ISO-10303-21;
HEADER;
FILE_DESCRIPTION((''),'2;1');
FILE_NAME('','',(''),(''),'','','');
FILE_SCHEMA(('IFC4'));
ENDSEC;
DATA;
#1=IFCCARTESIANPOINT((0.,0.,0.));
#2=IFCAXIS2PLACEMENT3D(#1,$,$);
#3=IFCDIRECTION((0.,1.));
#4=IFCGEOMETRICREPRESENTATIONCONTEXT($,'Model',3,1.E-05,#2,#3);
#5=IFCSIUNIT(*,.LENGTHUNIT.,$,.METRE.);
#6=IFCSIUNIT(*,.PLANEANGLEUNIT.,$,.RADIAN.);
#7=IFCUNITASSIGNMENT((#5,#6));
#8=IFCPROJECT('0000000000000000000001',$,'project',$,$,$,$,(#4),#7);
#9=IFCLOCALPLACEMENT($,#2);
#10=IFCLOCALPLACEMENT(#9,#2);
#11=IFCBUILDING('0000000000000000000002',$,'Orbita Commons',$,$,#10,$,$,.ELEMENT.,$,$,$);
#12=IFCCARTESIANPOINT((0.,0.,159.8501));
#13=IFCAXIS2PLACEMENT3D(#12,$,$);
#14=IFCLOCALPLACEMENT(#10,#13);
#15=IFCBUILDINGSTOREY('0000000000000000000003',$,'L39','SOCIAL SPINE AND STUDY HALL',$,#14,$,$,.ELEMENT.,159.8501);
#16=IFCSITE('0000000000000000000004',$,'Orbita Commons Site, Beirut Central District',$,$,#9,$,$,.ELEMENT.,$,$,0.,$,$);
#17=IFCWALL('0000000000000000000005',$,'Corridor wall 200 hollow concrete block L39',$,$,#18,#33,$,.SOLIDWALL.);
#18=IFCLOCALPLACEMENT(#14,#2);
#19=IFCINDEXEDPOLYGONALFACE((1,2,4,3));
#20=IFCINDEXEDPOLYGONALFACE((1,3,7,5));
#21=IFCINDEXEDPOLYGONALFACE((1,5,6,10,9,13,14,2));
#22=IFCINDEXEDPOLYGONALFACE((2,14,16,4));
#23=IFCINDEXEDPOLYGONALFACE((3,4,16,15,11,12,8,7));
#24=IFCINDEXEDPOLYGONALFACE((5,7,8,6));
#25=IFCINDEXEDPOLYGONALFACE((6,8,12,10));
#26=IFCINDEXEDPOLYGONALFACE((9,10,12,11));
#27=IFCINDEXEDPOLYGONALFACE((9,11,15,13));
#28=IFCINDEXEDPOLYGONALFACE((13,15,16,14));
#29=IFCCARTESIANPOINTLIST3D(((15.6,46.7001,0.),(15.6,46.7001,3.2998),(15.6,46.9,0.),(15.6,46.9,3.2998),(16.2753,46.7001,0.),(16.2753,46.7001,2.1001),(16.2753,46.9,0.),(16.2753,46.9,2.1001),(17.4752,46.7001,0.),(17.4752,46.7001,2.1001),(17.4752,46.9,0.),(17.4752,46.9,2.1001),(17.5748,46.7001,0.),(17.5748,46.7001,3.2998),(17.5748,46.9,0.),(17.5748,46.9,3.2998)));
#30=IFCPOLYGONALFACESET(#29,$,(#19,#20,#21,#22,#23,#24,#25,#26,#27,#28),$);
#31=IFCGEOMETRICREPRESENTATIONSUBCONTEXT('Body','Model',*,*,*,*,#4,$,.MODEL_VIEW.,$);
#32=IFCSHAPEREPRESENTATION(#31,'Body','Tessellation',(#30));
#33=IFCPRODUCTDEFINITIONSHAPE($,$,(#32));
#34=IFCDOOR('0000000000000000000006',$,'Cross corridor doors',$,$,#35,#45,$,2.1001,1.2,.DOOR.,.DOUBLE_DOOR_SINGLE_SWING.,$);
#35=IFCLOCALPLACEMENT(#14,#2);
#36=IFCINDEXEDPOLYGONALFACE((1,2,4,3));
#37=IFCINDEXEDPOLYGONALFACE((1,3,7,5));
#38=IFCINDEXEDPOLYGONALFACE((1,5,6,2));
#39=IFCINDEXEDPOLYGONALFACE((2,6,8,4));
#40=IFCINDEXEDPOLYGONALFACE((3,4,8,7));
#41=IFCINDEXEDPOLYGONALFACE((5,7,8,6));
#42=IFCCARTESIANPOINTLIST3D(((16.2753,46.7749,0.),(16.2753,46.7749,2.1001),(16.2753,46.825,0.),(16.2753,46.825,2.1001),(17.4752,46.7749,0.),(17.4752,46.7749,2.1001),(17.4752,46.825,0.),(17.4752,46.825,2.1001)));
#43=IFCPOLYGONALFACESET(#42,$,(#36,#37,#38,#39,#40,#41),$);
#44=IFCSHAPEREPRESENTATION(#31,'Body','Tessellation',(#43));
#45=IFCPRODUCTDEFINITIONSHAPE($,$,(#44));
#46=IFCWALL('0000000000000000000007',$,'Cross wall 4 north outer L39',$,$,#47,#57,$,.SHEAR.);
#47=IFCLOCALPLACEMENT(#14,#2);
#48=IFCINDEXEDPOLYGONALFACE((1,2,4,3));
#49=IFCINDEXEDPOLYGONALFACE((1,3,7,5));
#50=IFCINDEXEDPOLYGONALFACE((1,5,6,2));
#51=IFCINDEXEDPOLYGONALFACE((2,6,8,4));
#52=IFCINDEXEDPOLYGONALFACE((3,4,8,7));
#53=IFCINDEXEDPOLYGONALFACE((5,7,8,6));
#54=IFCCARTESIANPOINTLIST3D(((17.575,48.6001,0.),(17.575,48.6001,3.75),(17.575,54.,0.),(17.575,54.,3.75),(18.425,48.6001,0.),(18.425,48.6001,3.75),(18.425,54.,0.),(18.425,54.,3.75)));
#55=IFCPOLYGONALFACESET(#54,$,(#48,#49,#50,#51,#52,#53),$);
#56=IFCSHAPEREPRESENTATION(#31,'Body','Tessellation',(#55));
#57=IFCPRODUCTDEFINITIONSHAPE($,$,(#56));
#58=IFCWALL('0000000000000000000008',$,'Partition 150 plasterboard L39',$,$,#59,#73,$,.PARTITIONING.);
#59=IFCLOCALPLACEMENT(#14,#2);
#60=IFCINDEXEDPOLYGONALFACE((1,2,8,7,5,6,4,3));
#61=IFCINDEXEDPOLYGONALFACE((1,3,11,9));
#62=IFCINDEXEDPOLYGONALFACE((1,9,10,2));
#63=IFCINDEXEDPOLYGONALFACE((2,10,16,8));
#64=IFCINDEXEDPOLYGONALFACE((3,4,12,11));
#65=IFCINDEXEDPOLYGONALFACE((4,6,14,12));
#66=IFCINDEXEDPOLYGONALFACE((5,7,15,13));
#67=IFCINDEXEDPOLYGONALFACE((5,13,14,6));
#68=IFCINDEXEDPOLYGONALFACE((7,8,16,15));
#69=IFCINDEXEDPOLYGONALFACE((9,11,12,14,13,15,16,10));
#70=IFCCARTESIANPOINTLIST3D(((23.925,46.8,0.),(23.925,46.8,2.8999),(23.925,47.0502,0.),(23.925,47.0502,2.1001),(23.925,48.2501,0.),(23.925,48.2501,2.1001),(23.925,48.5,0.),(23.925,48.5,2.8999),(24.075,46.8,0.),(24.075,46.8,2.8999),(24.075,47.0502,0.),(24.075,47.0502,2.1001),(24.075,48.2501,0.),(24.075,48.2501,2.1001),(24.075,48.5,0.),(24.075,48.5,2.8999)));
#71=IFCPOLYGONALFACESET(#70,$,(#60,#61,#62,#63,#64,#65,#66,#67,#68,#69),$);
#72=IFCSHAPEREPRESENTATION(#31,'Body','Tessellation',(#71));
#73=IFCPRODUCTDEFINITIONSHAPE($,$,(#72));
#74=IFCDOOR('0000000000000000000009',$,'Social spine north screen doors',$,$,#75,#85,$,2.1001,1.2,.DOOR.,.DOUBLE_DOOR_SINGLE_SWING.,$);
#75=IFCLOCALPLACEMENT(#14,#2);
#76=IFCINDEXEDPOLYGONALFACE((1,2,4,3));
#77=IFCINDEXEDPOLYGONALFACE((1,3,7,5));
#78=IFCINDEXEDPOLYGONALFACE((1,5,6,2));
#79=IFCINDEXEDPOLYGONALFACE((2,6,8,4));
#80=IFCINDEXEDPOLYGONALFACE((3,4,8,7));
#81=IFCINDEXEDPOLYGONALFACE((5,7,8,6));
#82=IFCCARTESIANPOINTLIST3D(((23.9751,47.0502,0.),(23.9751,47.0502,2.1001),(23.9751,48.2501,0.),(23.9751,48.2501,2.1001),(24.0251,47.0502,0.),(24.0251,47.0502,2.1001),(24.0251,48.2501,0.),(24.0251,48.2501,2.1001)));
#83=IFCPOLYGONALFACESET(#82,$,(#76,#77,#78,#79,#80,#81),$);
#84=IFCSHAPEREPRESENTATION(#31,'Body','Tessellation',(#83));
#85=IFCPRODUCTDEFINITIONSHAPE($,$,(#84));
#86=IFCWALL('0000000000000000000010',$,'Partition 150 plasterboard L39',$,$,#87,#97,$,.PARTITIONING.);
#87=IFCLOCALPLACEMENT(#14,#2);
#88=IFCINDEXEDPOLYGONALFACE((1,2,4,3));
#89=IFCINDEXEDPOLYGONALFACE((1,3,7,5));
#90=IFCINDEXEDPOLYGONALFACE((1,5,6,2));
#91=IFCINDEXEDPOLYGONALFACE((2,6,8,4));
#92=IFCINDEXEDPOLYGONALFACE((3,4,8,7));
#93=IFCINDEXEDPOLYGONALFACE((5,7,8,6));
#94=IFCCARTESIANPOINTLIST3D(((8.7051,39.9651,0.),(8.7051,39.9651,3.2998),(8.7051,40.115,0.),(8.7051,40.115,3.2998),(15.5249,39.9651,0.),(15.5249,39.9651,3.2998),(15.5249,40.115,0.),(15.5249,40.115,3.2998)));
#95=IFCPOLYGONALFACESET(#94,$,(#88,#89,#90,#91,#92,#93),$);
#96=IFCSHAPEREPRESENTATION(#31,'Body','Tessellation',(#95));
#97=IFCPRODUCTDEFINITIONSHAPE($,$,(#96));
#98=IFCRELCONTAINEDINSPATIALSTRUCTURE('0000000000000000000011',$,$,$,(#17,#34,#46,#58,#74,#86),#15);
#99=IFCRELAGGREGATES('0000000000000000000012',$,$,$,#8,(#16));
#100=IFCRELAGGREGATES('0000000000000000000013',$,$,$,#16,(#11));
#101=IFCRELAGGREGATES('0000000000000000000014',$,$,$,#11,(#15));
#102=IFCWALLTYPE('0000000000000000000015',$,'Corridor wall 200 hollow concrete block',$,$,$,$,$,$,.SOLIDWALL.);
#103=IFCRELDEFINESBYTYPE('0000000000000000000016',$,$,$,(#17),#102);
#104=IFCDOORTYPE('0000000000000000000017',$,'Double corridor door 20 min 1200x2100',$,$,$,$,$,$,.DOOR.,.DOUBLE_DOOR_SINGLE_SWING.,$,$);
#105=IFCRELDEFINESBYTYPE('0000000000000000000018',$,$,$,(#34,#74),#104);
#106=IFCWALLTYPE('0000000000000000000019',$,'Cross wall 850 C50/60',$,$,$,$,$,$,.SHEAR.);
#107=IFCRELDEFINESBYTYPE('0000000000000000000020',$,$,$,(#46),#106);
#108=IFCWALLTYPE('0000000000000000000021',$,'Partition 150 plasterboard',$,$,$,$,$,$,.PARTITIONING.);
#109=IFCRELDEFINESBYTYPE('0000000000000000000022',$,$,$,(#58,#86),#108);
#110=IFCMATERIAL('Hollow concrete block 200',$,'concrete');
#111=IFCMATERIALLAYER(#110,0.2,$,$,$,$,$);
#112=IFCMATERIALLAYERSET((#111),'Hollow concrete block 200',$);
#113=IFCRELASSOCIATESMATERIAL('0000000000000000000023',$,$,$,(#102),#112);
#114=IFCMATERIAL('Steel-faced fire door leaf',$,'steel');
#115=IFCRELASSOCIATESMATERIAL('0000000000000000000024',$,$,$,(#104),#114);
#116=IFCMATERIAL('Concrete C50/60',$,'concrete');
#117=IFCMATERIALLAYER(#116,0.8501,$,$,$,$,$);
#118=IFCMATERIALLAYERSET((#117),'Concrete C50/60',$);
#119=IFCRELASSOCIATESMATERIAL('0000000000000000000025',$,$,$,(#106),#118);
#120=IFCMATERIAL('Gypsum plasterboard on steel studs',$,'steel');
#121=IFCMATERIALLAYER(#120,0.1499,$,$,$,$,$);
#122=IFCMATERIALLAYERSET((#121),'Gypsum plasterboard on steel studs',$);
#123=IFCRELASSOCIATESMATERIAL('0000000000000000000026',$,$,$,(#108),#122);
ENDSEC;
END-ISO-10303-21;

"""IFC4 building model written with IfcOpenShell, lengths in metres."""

from ifc_helpers import new_model, si_unit, direction, frame, frame_2d, origin, place, context, subcontext, project, spatial, polyline, rectangle, outline, extrude, material, layer, layer_set, type_object, element, fill, save


model = new_model("IFC4")

# Units and contexts
model_context = context("Model", 3, precision=1e-05, world=origin(), true_north=direction((0.0, 1.0)))
body_context = subcontext(model_context, "Body", "Model", "MODEL_VIEW")
ifc_project = project(units=[si_unit("LENGTHUNIT", "METRE"), si_unit("PLANEANGLEUNIT", "RADIAN")], contexts=[model_context])

# Site, building, storey
site_placement = place(None, origin())
site = spatial("IfcSite", under=ifc_project, at=site_placement, Name="Orbita Commons Site, Beirut Central District", CompositionType="ELEMENT", RefElevation=0.0)
building_placement = place(site_placement, origin())
building = spatial("IfcBuilding", under=site, at=building_placement, Name="Orbita Commons", CompositionType="ELEMENT")
storey_placement = place(building_placement, frame((0.0, 0.0, 159.8501)))
storey = spatial("IfcBuildingStorey", under=building, at=storey_placement, Name="L39", Description="SOCIAL SPINE AND STUDY HALL", CompositionType="ELEMENT", Elevation=159.8501)

# Wall, opening, door
ifc_material_1 = material(Name="Hollow concrete block 200", Category="concrete")
ifc_layer_1 = layer(ifc_material_1, 0.2)
ifc_layer_set_1 = layer_set([ifc_layer_1], Name="Hollow concrete block 200")
wall_type_1 = type_object("IfcWallType", Name="Corridor wall 200 hollow concrete block", PredefinedType="SOLIDWALL", material=ifc_layer_set_1)
wall_1_placement = place(storey_placement, frame((15.6001, 46.8, 0.0), z_axis=(0.0, 0.0, 1.0), x_axis=(1.0, 0.0, 0.0)))
wall_1 = element("IfcWall", 1, at=wall_1_placement, inside=storey, type_object=wall_type_1, Name="Corridor wall 200 hollow concrete block L39", PredefinedType="SOLIDWALL", context=body_context, shape_type="SweptSolid", body=[
    extrude(rectangle(XDim=1.9749, YDim=0.2, at=frame_2d((0.9873, 0.0))), origin(), (0.0, 0.0, 1.0), 3.2998),
])
opening_1_placement = place(wall_1_placement, frame((0.675, 0.0, 0.0)))
opening_1 = element("IfcOpeningElement", 2, at=opening_1_placement, cuts=wall_1, PredefinedType="OPENING", context=body_context, shape_type="SweptSolid", body=[
    extrude(rectangle(XDim=1.2, YDim=2.1001, at=frame_2d((0.6001, 1.05))), frame((0.0, 0.1099, 0.0), z_axis=(0.0, -1.0, 0.0), x_axis=(1.0, 0.0, 0.0)), (0.0, 0.0, 1.0), 0.22),
])
ifc_material_2 = material(Name="Steel-faced fire door leaf", Category="steel")
door_type_1 = type_object("IfcDoorType", Name="Double corridor door 20 min 1200x2100", OperationType="DOUBLE_DOOR_SINGLE_SWING", PredefinedType="DOOR", material=ifc_material_2)
door_1_placement = place(opening_1_placement, origin())
door_1 = element("IfcDoor", 3, at=door_1_placement, inside=storey, type_object=door_type_1, Name="Cross corridor doors", OperationType="DOUBLE_DOOR_SINGLE_SWING", OverallHeight=2.1001, OverallWidth=1.2, PredefinedType="DOOR", context=body_context, shape_type="SweptSolid", body=[
    extrude(rectangle(XDim=1.2, YDim=2.1001, at=frame_2d((0.6001, 1.05))), frame((0.0, 0.0249, 0.0), z_axis=(0.0, -1.0, 0.0), x_axis=(1.0, 0.0, 0.0)), (0.0, 0.0, 1.0), 0.05),
])
fill(opening_1, door_1)

# Wall
ifc_material_3 = material(Name="Concrete C50/60", Category="concrete")
ifc_layer_2 = layer(ifc_material_3, 0.8501)
ifc_layer_set_2 = layer_set([ifc_layer_2], Name="Concrete C50/60")
wall_type_2 = type_object("IfcWallType", Name="Cross wall 850 C50/60", PredefinedType="SHEAR", material=ifc_layer_set_2)
wall_2_placement = place(storey_placement, frame((18.0, 48.6001, 0.0), z_axis=(0.0, 0.0, 1.0), x_axis=(0.0, 1.0, 0.0)))
element("IfcWall", 4, at=wall_2_placement, inside=storey, type_object=wall_type_2, Name="Cross wall 4 north outer L39", PredefinedType="SHEAR", context=body_context, shape_type="SweptSolid", body=[
    extrude(rectangle(XDim=5.3999, YDim=0.8501, at=frame_2d((2.7, 0.0))), origin(), (0.0, 0.0, 1.0), 3.75),
])

# Wall, opening, door
ifc_material_4 = material(Name="Gypsum plasterboard on steel studs", Category="steel")
ifc_layer_3 = layer(ifc_material_4, 0.1499)
ifc_layer_set_3 = layer_set([ifc_layer_3], Name="Gypsum plasterboard on steel studs")
wall_type_3 = type_object("IfcWallType", Name="Partition 150 plasterboard", PredefinedType="PARTITIONING", material=ifc_layer_set_3)
wall_3_placement = place(storey_placement, frame((24.0, 46.8, 0.0), z_axis=(0.0, 0.0, 1.0), x_axis=(0.0, 1.0, 0.0)))
wall_3 = element("IfcWall", 5, at=wall_3_placement, inside=storey, type_object=wall_type_3, Name="Partition 150 plasterboard L39", PredefinedType="PARTITIONING", context=body_context, shape_type="SweptSolid", body=[
    extrude(outline(polyline([(0.0, 0.0), (1.7, 0.0), (1.7, 2.8999), (0.0, 2.8999), (0.0, 0.0)])), frame((0.0, 0.075, 0.0), z_axis=(0.0, -1.0, 0.0), x_axis=(1.0, 0.0, 0.0)), (0.0, 0.0, 1.0), 0.1499),
])
opening_2_placement = place(wall_3_placement, frame((0.25, 0.0, 0.0)))
opening_2 = element("IfcOpeningElement", 6, at=opening_2_placement, cuts=wall_3, PredefinedType="OPENING", context=body_context, shape_type="SweptSolid", body=[
    extrude(rectangle(XDim=1.2, YDim=2.1001, at=frame_2d((0.6001, 1.05))), frame((0.0, 0.085, 0.0), z_axis=(0.0, -1.0, 0.0), x_axis=(1.0, 0.0, 0.0)), (0.0, 0.0, 1.0), 0.1699),
])
door_2_placement = place(opening_2_placement, origin())
door_2 = element("IfcDoor", 7, at=door_2_placement, inside=storey, type_object=door_type_1, Name="Social spine north screen doors", OperationType="DOUBLE_DOOR_SINGLE_SWING", OverallHeight=2.1001, OverallWidth=1.2, PredefinedType="DOOR", context=body_context, shape_type="SweptSolid", body=[
    extrude(rectangle(XDim=1.2, YDim=2.1001, at=frame_2d((0.6001, 1.05))), frame((0.0, 0.0249, 0.0), z_axis=(0.0, -1.0, 0.0), x_axis=(1.0, 0.0, 0.0)), (0.0, 0.0, 1.0), 0.05),
])
fill(opening_2, door_2)

# Wall
wall_4_placement = place(storey_placement, frame((8.7051, 40.04, 0.0), z_axis=(0.0, 0.0, 1.0), x_axis=(1.0, 0.0, 0.0)))
element("IfcWall", 8, at=wall_4_placement, inside=storey, type_object=wall_type_3, Name="Partition 150 plasterboard L39", PredefinedType="PARTITIONING", context=body_context, shape_type="SweptSolid", body=[
    extrude(rectangle(XDim=6.8198, YDim=0.1499, at=frame_2d((3.4099, 0.0))), origin(), (0.0, 0.0, 1.0), 3.2998),
])

save(model, "model.ifc")
